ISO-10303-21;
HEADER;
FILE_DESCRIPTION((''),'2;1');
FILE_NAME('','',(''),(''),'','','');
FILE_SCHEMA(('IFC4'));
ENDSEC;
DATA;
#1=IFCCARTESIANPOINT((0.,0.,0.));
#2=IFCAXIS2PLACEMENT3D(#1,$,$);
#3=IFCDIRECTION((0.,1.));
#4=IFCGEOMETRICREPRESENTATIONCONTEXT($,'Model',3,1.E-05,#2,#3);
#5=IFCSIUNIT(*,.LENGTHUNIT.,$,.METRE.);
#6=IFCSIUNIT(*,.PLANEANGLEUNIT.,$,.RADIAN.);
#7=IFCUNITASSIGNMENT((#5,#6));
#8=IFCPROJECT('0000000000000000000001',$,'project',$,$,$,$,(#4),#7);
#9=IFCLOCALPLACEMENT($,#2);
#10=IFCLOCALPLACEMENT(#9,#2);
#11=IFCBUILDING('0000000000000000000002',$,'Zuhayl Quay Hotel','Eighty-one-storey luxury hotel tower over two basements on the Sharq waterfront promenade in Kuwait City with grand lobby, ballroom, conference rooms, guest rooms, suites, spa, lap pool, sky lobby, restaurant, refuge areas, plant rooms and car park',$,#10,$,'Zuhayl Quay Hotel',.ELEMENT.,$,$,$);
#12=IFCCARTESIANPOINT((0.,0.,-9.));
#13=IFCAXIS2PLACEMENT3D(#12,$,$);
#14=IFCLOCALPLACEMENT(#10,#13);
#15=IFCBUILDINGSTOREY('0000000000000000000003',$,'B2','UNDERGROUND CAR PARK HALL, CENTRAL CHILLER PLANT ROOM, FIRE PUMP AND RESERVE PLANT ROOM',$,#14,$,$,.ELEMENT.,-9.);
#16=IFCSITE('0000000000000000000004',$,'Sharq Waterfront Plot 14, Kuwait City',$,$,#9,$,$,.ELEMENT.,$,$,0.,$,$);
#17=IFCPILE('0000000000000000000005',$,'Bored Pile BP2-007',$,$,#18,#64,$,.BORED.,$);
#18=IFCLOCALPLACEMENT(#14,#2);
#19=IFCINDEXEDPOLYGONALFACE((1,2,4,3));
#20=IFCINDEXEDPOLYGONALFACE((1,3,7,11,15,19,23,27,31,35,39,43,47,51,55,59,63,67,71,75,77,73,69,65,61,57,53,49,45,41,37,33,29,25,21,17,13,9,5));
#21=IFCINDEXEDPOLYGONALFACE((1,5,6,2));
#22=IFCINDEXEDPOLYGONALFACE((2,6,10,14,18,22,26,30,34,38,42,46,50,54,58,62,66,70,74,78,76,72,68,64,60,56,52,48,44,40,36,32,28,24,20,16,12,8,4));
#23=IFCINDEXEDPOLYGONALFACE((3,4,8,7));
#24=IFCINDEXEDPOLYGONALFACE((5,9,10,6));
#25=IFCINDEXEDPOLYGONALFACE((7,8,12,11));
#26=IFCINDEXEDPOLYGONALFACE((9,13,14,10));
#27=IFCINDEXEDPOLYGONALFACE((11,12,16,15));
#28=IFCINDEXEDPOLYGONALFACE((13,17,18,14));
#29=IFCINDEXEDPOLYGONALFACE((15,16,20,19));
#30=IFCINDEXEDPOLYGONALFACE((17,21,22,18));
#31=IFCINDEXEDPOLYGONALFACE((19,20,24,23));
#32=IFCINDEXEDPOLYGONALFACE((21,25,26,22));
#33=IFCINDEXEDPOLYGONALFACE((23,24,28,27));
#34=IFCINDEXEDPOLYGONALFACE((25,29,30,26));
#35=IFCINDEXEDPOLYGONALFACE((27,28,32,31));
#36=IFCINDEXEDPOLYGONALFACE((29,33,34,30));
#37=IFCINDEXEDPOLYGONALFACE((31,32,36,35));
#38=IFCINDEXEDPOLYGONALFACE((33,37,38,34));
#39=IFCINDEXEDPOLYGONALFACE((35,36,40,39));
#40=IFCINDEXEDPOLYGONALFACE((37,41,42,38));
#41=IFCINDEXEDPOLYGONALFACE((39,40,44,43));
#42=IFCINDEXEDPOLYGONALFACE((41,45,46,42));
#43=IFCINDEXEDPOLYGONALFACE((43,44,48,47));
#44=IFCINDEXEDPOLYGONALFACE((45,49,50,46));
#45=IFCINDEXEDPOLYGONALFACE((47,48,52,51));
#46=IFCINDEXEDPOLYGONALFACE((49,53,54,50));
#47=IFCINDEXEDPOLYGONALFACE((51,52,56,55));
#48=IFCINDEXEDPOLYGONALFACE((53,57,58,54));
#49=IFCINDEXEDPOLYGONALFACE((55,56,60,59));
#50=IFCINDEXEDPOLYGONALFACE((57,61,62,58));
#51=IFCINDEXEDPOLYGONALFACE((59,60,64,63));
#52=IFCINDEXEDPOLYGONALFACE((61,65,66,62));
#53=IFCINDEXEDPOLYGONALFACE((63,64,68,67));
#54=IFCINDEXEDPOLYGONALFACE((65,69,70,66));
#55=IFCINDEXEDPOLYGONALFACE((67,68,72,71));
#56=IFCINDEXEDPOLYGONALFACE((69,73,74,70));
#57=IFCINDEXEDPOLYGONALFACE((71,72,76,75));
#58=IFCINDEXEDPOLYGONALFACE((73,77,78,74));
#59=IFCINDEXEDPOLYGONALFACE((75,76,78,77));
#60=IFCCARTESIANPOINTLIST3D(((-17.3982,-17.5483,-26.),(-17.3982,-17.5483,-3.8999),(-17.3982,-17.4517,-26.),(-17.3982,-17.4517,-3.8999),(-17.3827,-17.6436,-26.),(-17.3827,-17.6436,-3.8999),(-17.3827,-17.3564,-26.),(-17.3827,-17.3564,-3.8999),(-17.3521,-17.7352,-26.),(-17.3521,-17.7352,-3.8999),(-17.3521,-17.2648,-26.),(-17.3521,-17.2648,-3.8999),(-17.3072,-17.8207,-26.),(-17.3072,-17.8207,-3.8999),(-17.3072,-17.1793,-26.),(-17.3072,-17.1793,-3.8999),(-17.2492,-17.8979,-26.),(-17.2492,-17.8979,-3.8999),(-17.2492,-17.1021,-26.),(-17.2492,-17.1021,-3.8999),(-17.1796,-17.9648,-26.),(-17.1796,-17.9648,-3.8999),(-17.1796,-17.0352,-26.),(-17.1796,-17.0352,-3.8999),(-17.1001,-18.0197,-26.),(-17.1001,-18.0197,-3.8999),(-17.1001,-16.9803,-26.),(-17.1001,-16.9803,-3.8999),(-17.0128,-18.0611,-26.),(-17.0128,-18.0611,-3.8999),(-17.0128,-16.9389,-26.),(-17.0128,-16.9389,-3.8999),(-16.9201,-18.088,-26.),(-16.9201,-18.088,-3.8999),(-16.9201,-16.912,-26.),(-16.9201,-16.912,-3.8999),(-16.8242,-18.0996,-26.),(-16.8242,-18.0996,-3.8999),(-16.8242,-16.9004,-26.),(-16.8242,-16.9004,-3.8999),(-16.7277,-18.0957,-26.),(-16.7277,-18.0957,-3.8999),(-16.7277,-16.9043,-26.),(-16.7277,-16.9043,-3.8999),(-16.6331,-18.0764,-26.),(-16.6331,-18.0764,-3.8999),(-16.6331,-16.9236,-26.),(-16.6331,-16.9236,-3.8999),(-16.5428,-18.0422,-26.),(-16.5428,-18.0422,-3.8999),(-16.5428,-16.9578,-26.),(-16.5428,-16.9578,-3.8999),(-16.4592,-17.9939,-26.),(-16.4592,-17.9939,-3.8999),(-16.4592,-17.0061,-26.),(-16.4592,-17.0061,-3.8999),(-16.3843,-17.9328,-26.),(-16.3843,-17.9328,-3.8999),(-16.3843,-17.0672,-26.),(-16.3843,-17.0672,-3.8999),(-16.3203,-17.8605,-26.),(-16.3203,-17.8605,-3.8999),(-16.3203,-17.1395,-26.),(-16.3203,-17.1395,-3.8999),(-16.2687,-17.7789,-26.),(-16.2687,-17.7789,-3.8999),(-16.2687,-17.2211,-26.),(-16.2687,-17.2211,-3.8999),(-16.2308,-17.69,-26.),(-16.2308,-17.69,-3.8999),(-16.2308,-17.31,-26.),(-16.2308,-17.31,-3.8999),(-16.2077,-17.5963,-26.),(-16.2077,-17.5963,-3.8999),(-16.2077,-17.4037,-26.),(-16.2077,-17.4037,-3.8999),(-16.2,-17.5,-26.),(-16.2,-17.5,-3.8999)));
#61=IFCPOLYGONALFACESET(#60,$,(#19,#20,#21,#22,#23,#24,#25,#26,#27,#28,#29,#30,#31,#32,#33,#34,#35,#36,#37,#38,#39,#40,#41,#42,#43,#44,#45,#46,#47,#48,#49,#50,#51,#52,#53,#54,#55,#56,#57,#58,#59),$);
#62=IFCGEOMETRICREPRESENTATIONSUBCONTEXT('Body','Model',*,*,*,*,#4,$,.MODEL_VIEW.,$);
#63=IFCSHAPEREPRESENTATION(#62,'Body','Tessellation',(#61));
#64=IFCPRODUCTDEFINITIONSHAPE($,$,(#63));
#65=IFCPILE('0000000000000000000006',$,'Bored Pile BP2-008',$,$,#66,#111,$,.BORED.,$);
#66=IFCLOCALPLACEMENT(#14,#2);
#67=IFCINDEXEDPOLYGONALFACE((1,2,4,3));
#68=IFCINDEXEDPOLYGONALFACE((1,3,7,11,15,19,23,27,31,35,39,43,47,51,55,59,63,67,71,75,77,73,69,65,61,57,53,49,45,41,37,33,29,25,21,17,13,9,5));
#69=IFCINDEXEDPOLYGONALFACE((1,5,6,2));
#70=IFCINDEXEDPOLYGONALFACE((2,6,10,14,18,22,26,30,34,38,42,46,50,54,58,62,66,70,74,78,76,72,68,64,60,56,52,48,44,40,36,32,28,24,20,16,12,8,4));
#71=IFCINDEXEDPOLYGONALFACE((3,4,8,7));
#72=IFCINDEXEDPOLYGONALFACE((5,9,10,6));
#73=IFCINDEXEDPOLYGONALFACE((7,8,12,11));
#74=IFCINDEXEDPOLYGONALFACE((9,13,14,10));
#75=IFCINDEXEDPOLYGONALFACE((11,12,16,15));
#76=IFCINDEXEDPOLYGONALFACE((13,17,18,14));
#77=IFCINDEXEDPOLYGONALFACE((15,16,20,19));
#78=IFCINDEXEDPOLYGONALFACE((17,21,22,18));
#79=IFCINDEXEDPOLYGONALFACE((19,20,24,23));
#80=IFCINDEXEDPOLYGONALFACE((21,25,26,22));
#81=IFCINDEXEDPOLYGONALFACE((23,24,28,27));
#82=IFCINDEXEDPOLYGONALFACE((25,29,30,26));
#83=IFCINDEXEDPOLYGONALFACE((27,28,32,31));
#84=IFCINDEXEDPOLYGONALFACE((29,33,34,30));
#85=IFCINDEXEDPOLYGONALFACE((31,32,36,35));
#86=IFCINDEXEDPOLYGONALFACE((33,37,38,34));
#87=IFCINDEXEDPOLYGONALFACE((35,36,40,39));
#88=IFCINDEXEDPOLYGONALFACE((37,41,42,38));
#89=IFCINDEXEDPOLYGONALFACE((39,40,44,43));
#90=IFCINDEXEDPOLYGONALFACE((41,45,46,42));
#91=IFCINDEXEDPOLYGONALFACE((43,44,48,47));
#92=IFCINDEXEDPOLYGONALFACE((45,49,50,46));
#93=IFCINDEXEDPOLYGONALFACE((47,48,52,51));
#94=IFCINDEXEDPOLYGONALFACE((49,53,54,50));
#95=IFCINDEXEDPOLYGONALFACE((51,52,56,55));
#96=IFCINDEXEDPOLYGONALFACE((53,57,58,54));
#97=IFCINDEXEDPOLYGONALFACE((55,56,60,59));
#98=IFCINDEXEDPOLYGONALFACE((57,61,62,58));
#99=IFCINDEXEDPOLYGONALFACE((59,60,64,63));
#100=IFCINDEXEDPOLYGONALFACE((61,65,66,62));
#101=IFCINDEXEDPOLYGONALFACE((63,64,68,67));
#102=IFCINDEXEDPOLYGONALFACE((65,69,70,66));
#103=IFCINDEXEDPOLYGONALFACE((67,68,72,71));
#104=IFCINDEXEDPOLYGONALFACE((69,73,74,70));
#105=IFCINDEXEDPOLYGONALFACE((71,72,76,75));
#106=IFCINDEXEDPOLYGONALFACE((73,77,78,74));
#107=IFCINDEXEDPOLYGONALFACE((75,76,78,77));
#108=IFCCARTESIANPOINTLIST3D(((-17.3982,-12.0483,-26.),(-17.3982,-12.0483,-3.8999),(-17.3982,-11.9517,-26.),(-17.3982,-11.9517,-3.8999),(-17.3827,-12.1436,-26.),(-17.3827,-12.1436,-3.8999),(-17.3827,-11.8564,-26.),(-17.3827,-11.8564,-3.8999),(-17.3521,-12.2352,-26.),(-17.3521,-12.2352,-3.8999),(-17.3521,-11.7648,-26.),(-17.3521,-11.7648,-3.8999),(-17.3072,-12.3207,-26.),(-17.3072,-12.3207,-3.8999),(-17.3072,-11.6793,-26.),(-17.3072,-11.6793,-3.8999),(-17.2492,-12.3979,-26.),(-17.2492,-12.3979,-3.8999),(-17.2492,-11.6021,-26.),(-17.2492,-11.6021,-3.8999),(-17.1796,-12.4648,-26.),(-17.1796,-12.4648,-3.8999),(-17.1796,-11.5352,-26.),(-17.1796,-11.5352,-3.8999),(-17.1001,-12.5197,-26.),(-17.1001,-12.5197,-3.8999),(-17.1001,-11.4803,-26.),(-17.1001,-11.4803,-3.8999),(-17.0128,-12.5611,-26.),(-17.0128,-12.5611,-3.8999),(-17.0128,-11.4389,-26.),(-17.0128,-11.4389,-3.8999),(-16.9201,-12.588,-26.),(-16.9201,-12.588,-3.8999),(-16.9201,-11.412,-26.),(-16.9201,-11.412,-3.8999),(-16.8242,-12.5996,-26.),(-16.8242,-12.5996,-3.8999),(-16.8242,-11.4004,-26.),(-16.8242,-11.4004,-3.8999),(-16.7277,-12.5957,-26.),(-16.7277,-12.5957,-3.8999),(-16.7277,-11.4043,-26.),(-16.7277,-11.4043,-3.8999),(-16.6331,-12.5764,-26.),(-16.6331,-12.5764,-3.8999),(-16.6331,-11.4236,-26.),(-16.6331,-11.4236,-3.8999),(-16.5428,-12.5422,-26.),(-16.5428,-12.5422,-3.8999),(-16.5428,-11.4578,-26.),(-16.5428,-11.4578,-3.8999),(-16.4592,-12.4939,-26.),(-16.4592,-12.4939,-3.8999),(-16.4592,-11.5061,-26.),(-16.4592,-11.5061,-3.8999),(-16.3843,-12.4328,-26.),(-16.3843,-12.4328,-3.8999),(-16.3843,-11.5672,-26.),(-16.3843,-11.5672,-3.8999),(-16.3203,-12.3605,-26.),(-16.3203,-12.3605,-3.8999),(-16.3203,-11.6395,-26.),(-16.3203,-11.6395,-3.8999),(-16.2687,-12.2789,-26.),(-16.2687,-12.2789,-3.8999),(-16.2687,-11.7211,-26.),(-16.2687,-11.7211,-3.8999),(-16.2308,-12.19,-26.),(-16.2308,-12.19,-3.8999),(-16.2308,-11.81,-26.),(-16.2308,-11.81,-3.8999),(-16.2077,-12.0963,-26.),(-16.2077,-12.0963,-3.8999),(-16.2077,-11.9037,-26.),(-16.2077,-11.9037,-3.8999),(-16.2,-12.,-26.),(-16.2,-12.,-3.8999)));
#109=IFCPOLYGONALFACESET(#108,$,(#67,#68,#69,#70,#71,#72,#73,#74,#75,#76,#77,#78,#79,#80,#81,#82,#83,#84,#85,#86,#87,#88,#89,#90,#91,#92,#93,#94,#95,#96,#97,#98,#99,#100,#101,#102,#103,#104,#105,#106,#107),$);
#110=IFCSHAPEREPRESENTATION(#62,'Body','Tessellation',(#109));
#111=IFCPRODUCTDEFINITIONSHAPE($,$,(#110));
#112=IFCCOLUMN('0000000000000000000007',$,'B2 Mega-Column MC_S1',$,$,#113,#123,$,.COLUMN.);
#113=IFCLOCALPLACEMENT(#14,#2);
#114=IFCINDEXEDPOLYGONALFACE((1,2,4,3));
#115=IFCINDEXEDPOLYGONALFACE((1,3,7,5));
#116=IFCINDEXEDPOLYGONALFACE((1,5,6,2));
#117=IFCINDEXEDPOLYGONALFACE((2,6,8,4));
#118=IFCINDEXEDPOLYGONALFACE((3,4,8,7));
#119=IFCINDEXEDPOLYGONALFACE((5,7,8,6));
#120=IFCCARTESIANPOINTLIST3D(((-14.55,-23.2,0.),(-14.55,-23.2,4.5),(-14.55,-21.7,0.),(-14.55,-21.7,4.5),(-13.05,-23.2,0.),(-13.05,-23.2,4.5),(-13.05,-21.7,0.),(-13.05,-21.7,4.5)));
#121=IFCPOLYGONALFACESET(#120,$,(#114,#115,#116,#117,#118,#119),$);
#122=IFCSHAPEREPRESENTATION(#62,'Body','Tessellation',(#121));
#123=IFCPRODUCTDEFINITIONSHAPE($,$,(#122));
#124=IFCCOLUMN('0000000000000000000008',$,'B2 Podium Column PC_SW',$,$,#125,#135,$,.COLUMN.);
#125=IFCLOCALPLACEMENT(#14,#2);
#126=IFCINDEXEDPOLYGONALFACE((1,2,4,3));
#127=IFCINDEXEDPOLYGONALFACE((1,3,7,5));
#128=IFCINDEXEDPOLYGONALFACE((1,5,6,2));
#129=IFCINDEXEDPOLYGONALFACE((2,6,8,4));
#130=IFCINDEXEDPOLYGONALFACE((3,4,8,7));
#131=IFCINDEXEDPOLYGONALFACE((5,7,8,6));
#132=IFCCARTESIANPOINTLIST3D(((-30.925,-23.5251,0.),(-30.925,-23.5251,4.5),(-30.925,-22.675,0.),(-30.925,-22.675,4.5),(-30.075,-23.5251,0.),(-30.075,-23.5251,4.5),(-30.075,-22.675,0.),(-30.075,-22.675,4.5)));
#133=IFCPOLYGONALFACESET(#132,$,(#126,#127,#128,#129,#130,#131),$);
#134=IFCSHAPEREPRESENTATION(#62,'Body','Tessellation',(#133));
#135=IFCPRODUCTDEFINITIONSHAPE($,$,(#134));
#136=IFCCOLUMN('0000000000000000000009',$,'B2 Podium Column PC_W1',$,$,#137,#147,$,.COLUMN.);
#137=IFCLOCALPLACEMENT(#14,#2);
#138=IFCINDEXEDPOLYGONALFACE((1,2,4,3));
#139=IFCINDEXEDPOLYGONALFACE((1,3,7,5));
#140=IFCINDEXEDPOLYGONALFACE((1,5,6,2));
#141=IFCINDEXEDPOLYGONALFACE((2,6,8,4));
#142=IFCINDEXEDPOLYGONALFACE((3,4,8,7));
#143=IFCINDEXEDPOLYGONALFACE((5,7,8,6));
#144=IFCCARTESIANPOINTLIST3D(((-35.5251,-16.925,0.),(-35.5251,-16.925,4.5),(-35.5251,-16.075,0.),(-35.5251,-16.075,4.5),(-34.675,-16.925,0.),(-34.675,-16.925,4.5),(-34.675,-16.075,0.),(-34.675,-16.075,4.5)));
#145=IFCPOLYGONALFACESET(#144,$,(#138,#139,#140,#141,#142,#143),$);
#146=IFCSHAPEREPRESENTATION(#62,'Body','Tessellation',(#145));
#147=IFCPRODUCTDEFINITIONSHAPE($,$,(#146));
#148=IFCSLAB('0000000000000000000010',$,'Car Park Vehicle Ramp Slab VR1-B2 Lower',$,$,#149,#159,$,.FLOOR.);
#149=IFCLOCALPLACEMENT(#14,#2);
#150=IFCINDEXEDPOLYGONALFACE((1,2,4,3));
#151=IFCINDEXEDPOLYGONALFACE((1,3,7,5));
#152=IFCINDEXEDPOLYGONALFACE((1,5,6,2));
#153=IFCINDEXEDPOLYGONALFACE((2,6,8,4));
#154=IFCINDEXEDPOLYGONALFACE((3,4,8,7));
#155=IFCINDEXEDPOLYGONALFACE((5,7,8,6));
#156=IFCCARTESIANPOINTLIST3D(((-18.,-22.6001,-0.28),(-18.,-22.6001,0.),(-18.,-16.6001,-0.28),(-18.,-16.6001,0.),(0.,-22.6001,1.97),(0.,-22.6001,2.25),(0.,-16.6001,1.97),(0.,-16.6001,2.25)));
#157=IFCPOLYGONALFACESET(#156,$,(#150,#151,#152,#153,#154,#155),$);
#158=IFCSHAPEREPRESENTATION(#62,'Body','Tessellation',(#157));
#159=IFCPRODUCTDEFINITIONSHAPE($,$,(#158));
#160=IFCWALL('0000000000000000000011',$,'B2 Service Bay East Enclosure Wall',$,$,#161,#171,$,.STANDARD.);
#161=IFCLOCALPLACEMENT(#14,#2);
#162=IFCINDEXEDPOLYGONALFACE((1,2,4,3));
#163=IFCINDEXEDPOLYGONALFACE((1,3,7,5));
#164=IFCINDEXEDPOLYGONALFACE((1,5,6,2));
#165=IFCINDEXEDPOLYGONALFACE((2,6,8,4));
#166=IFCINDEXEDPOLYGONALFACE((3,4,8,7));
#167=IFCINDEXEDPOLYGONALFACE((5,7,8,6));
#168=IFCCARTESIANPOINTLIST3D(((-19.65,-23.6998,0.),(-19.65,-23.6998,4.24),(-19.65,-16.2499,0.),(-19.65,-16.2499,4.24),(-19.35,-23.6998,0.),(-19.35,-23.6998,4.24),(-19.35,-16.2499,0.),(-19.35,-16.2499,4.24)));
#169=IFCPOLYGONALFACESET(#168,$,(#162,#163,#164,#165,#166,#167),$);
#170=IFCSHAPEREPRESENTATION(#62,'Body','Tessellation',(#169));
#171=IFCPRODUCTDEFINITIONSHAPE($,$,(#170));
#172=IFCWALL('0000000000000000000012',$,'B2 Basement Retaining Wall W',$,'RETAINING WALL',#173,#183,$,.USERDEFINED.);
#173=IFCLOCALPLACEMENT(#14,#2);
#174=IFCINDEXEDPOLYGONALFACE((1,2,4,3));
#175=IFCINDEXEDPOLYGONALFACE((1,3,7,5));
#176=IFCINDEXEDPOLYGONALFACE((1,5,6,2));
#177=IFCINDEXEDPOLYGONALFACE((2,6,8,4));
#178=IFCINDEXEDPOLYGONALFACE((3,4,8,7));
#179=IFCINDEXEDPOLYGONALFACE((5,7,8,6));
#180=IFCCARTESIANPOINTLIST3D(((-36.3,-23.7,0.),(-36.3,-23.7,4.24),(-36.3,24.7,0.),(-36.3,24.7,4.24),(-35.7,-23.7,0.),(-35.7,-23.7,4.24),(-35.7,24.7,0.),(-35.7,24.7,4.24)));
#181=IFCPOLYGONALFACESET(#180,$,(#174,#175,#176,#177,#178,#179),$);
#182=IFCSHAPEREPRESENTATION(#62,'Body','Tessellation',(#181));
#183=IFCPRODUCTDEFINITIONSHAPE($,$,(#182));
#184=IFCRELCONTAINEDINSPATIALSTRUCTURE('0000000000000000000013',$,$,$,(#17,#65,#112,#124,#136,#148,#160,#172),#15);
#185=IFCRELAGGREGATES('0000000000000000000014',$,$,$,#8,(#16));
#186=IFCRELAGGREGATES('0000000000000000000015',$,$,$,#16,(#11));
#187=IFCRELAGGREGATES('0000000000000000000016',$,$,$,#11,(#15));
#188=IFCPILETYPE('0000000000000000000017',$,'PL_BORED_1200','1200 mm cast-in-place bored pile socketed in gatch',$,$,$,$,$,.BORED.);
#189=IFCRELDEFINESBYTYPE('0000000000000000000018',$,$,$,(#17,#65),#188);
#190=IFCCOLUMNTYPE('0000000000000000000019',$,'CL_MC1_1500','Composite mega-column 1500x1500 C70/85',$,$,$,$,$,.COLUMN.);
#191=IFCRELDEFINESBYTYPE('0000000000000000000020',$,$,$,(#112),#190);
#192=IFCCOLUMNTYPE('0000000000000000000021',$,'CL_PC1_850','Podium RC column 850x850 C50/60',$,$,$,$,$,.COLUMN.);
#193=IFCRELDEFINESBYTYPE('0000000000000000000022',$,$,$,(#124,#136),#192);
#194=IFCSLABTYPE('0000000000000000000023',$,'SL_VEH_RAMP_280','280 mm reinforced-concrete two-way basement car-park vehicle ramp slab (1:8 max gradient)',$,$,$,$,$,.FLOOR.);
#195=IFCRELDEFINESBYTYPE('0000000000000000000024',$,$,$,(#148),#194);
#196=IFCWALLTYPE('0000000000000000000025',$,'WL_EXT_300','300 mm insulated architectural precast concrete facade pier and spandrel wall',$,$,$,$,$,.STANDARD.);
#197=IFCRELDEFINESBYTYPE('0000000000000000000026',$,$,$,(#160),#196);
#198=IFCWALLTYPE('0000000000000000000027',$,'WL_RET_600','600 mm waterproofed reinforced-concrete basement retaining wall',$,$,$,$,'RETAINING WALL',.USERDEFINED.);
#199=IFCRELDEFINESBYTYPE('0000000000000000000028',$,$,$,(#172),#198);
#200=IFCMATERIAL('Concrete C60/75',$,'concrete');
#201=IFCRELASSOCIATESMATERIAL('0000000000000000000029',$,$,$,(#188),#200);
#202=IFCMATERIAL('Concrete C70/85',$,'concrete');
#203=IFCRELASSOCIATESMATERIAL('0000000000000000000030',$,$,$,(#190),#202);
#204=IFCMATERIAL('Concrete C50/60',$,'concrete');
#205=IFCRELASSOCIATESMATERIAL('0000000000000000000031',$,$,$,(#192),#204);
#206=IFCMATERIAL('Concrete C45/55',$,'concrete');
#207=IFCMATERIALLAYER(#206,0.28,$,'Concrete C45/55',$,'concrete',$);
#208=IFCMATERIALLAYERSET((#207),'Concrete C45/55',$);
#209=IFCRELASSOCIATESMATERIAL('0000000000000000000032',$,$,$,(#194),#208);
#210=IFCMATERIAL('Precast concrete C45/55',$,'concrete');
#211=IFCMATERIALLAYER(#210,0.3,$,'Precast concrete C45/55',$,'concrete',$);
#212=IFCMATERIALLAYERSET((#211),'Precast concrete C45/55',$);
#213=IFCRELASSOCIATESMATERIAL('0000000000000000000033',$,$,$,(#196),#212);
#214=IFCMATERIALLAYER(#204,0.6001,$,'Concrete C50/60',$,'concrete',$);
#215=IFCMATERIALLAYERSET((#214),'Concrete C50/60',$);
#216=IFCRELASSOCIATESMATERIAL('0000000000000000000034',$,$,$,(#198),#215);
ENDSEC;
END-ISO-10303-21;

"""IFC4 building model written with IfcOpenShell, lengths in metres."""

from ifc_helpers import new_model, si_unit, direction, frame, frame_2d, origin, origin_2d, place, context, subcontext, project, spatial, polyline, rectangle, circle, outline, extrude, material, layer, layer_set, material_profile, profile_set, type_object, element, save


model = new_model("IFC4")

# Units and contexts
model_context = context("Model", 3, precision=1e-05, world=origin(), true_north=direction((0.0, 1.0)))
body_context = subcontext(model_context, "Body", "Model", "MODEL_VIEW")
ifc_project = project(units=[si_unit("LENGTHUNIT", "METRE"), si_unit("PLANEANGLEUNIT", "RADIAN")], contexts=[model_context])

# Site, building, storey
site_placement = place(None, origin())
site = spatial("IfcSite", under=ifc_project, at=site_placement, Name="Sharq Waterfront Plot 14, Kuwait City", CompositionType="ELEMENT", RefElevation=0.0)
building_placement = place(site_placement, origin())
building = spatial("IfcBuilding", under=site, at=building_placement, Name="Zuhayl Quay Hotel", Description="Eighty-one-storey luxury hotel tower over two basements on the Sharq waterfront promenade in Kuwait City with grand lobby, ballroom, conference rooms, guest rooms, suites, spa, lap pool, sky lobby, restaurant, refuge areas, plant rooms and car park", LongName="Zuhayl Quay Hotel", CompositionType="ELEMENT")
storey_placement = place(building_placement, frame((0.0, 0.0, -9.0)))
storey = spatial("IfcBuildingStorey", under=building, at=storey_placement, Name="B2", Description="UNDERGROUND CAR PARK HALL, CENTRAL CHILLER PLANT ROOM, FIRE PUMP AND RESERVE PLANT ROOM", CompositionType="ELEMENT", Elevation=-9.0)

# Piles
ifc_material_1 = material(Name="Concrete C60/75", Category="concrete")
ifc_material_profile_1 = material_profile(ifc_material_1, circle(Radius=0.6001, at=origin_2d()), Name="PILE1200")
ifc_profile_set_1 = profile_set([ifc_material_profile_1], Name="Concrete C60/75")
pile_type = type_object("IfcPileType", Name="PL_BORED_1200", Description="1200 mm cast-in-place bored pile socketed in gatch", PredefinedType="BORED", material=ifc_profile_set_1)
for number, where, z_axis, x_axis, name in (
    (1, (-16.8, -17.5, -3.8999), (0.0, 0.0, -1.0), (1.0, 0.0, 0.0), "Bored Pile BP2-007"),
    (2, (-16.8, -12.0, -3.8999), (0.0, 0.0, -1.0), (1.0, 0.0, 0.0), "Bored Pile BP2-008"),
):
    element("IfcPile", number, at=place(storey_placement, frame(where, z_axis=z_axis, x_axis=x_axis)), inside=storey, type_object=pile_type, Name=name, PredefinedType="BORED", context=body_context, shape_type="SweptSolid", body=[
        extrude(circle(Radius=0.6001, at=origin_2d()), origin(), (0.0, 0.0, 1.0), 22.1001),
    ])

# Columns
ifc_material_2 = material(Name="Concrete C70/85", Category="concrete")
ifc_material_profile_2 = material_profile(ifc_material_2, rectangle(XDim=1.5, YDim=1.5, at=origin_2d()), Name="RC1500X1500")
ifc_profile_set_2 = profile_set([ifc_material_profile_2], Name="Concrete C70/85")
column_type_1 = type_object("IfcColumnType", Name="CL_MC1_1500", Description="Composite mega-column 1500x1500 C70/85", PredefinedType="COLUMN", material=ifc_profile_set_2)
column_placement = place(storey_placement, frame((-13.8, -22.45, 0.0), z_axis=(0.0, 0.0, 1.0), x_axis=(1.0, 0.0, 0.0)))
element("IfcColumn", 3, at=column_placement, inside=storey, type_object=column_type_1, Name="B2 Mega-Column MC_S1", PredefinedType="COLUMN", context=body_context, shape_type="SweptSolid", body=[
    extrude(rectangle(XDim=1.5, YDim=1.5, at=origin_2d()), origin(), (0.0, 0.0, 1.0), 4.5),
])
ifc_material_3 = material(Name="Concrete C50/60", Category="concrete")
ifc_material_profile_3 = material_profile(ifc_material_3, rectangle(XDim=0.8501, YDim=0.8501, at=origin_2d()), Name="RC850X850")
ifc_profile_set_3 = profile_set([ifc_material_profile_3], Name="Concrete C50/60")
column_type_2 = type_object("IfcColumnType", Name="CL_PC1_850", Description="Podium RC column 850x850 C50/60", PredefinedType="COLUMN", material=ifc_profile_set_3)
for number, where, z_axis, x_axis, name in (
    (4, (-30.5, -23.1001, 0.0), (0.0, 0.0, 1.0), (1.0, 0.0, 0.0), "B2 Podium Column PC_SW"),
    (5, (-35.1001, -16.5, 0.0), (0.0, 0.0, 1.0), (1.0, 0.0, 0.0), "B2 Podium Column PC_W1"),
):
    element("IfcColumn", number, at=place(storey_placement, frame(where, z_axis=z_axis, x_axis=x_axis)), inside=storey, type_object=column_type_2, Name=name, PredefinedType="COLUMN", context=body_context, shape_type="SweptSolid", body=[
        extrude(rectangle(XDim=0.8501, YDim=0.8501, at=origin_2d()), origin(), (0.0, 0.0, 1.0), 4.5),
    ])

# Slab
ifc_material_4 = material(Name="Concrete C45/55", Category="concrete")
ifc_layer_1 = layer(ifc_material_4, 0.28, Name="Concrete C45/55", Category="concrete")
ifc_layer_set_1 = layer_set([ifc_layer_1], Name="Concrete C45/55")
slab_type = type_object("IfcSlabType", Name="SL_VEH_RAMP_280", Description="280 mm reinforced-concrete two-way basement car-park vehicle ramp slab (1:8 max gradient)", PredefinedType="FLOOR", material=ifc_layer_set_1)
slab_placement = place(storey_placement, frame((-18.0, -19.6001, 0.0), z_axis=(0.0, 0.0, 1.0), x_axis=(1.0, 0.0, 0.0)))
element("IfcSlab", 6, at=slab_placement, inside=storey, type_object=slab_type, Name="Car Park Vehicle Ramp Slab VR1-B2 Lower", PredefinedType="FLOOR", context=body_context, shape_type="SweptSolid", body=[
    extrude(outline(polyline([(0.0, -0.28), (18.0, 1.97), (18.0, 2.25), (0.0, 0.0), (0.0, -0.28)])), frame((0.0, 3.0, 0.0), z_axis=(0.0, -1.0, 0.0), x_axis=(1.0, 0.0, 0.0)), (0.0, 0.0, 1.0), 6.0),
])

# Shared definitions
ifc_material_5 = material(Name="Precast concrete C45/55", Category="concrete")
ifc_layer_2 = layer(ifc_material_5, 0.3, Name="Precast concrete C45/55", Category="concrete")
ifc_layer_set_2 = layer_set([ifc_layer_2], Name="Precast concrete C45/55")
wall_type_1 = type_object("IfcWallType", Name="WL_EXT_300", Description="300 mm insulated architectural precast concrete facade pier and spandrel wall", PredefinedType="STANDARD", material=ifc_layer_set_2)

# Walls
wall_1_placement = place(storey_placement, frame((-19.5, -23.7, 0.0), z_axis=(0.0, 0.0, 1.0), x_axis=(0.0, 1.0, 0.0)))
element("IfcWall", 7, at=wall_1_placement, inside=storey, type_object=wall_type_1, Name="B2 Service Bay East Enclosure Wall", PredefinedType="STANDARD", context=body_context, shape_type="SweptSolid", body=[
    extrude(rectangle(XDim=7.45, YDim=0.3, at=frame_2d((3.7251, 0.0))), origin(), (0.0, 0.0, 1.0), 4.24),
])
ifc_layer_3 = layer(ifc_material_3, 0.6001, Name="Concrete C50/60", Category="concrete")
ifc_layer_set_3 = layer_set([ifc_layer_3], Name="Concrete C50/60")
wall_type_2 = type_object("IfcWallType", Name="WL_RET_600", Description="600 mm waterproofed reinforced-concrete basement retaining wall", ElementType="RETAINING WALL", PredefinedType="USERDEFINED", material=ifc_layer_set_3)
wall_2_placement = place(storey_placement, frame((-36.0, -23.7, 0.0), z_axis=(0.0, 0.0, 1.0), x_axis=(0.0, 1.0, 0.0)))
element("IfcWall", 8, at=wall_2_placement, inside=storey, type_object=wall_type_2, Name="B2 Basement Retaining Wall W", ObjectType="RETAINING WALL", PredefinedType="USERDEFINED", context=body_context, shape_type="SweptSolid", body=[
    extrude(rectangle(XDim=48.3999, YDim=0.6001, at=frame_2d((24.2, 0.0))), origin(), (0.0, 0.0, 1.0), 4.24),
])

save(model, "model.ifc")
